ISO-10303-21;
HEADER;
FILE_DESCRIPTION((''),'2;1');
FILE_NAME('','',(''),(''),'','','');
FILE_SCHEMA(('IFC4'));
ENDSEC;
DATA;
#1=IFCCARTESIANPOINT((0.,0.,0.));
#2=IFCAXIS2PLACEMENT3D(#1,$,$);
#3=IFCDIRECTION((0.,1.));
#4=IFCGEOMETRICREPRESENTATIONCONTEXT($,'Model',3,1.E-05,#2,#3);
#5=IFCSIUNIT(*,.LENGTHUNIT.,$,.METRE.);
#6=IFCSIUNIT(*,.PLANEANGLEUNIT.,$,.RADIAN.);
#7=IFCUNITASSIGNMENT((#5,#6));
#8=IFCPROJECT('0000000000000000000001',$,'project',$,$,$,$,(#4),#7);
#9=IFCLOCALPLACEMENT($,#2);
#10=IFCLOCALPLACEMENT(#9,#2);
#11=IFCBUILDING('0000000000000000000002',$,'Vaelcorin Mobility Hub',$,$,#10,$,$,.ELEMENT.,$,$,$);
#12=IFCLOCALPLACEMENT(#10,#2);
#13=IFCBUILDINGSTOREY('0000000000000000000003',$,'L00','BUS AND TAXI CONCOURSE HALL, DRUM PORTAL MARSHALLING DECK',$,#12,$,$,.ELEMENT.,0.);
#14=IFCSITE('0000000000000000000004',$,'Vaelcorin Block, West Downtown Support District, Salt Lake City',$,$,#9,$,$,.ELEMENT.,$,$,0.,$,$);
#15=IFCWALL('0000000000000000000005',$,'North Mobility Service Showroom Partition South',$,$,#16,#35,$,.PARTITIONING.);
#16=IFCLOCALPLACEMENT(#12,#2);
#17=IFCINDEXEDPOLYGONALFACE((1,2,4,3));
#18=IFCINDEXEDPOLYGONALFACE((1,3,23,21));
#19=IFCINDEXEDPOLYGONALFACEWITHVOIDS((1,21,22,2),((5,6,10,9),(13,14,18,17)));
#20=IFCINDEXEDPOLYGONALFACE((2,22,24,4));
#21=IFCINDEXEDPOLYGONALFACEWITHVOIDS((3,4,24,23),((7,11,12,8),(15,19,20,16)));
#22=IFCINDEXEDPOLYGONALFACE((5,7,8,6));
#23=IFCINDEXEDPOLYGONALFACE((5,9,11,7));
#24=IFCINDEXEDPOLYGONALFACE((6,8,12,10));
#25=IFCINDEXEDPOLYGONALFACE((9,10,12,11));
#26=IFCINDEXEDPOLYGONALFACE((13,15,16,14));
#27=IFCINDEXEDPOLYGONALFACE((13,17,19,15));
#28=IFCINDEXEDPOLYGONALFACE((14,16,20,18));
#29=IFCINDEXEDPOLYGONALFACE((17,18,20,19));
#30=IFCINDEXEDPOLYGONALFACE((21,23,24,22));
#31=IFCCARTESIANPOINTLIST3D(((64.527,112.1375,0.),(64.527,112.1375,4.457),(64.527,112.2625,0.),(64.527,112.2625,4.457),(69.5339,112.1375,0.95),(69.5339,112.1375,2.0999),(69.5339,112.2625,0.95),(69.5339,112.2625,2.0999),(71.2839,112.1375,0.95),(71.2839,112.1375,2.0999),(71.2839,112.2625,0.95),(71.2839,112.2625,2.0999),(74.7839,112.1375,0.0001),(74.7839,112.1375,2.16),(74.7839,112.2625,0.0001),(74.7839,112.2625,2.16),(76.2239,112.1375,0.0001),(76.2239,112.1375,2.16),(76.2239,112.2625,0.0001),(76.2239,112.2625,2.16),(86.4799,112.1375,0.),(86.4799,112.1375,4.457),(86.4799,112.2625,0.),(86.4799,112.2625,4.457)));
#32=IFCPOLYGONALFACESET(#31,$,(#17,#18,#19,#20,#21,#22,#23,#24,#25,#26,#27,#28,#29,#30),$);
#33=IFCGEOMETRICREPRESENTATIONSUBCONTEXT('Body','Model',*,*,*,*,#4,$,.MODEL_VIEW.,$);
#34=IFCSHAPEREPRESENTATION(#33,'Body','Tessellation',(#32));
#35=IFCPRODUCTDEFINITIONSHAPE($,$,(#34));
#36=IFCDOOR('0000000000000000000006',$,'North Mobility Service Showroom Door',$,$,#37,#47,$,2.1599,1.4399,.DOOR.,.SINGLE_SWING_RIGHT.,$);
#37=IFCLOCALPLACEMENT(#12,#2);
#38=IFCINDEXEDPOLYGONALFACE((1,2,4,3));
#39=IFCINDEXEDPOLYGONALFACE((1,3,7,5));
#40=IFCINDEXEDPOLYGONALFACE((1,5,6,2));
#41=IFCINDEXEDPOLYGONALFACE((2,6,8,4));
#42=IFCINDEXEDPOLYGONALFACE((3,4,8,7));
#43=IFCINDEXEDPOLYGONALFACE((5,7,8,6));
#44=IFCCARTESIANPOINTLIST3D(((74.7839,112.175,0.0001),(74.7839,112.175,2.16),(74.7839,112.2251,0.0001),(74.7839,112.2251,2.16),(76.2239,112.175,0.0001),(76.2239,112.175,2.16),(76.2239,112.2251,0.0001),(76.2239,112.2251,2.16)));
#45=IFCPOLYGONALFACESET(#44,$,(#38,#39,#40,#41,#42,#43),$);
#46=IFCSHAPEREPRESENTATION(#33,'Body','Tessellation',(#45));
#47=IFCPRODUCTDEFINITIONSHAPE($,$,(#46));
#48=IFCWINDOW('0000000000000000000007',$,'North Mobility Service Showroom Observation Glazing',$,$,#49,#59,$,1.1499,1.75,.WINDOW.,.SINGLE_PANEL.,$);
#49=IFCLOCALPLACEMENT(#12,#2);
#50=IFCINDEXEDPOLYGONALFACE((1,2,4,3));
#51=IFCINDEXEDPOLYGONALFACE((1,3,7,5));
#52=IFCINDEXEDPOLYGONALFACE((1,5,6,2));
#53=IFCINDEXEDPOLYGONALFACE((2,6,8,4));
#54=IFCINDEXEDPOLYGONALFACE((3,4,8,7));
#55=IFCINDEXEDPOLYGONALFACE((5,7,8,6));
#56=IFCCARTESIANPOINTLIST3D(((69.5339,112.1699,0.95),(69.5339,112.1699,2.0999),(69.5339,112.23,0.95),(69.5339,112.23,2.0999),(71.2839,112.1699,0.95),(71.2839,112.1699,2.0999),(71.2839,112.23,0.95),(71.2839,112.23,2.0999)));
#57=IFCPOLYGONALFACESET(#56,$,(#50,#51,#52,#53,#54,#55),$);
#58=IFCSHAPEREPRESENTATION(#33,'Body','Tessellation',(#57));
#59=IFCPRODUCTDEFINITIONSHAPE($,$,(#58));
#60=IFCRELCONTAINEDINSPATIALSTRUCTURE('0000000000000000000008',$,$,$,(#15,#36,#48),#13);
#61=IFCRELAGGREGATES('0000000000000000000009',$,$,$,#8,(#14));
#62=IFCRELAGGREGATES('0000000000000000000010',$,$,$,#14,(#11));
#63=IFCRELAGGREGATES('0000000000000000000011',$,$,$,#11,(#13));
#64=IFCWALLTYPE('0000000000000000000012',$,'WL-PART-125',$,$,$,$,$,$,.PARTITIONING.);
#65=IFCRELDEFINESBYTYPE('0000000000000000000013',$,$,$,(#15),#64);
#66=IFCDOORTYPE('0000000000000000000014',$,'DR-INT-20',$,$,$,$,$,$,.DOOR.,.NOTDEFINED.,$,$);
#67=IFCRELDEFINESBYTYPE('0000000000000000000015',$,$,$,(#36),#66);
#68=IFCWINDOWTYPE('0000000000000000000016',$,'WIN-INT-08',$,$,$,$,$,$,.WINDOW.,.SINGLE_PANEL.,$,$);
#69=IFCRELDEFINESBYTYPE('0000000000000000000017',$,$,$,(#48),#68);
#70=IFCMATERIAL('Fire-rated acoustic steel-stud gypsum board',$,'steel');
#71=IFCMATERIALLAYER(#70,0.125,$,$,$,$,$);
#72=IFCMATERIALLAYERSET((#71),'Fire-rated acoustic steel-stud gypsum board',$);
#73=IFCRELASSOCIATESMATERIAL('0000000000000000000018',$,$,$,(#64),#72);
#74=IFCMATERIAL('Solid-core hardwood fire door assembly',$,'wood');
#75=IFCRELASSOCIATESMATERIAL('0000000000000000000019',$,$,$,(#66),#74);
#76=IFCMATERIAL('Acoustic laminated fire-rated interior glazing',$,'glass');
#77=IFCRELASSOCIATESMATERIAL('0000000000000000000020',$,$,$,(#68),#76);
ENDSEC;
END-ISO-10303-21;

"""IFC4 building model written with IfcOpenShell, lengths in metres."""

from ifc_helpers import new_model, si_unit, direction, frame, frame_2d, origin, place, context, subcontext, project, spatial, rectangle, extrude, material, layer, layer_set, type_object, element, fill, save


model = new_model("IFC4")

# Units and contexts
model_context = context("Model", 3, precision=1e-05, world=origin(), true_north=direction((0.0, 1.0)))
body_context = subcontext(model_context, "Body", "Model", "MODEL_VIEW")
ifc_project = project(units=[si_unit("LENGTHUNIT", "METRE"), si_unit("PLANEANGLEUNIT", "RADIAN")], contexts=[model_context])

# Site, building, storey
site_placement = place(None, origin())
site = spatial("IfcSite", under=ifc_project, at=site_placement, Name="Vaelcorin Block, West Downtown Support District, Salt Lake City", CompositionType="ELEMENT", RefElevation=0.0)
building_placement = place(site_placement, origin())
building = spatial("IfcBuilding", under=site, at=building_placement, Name="Vaelcorin Mobility Hub", CompositionType="ELEMENT")
storey_placement = place(building_placement, origin())
storey = spatial("IfcBuildingStorey", under=building, at=storey_placement, Name="L00", Description="BUS AND TAXI CONCOURSE HALL, DRUM PORTAL MARSHALLING DECK", CompositionType="ELEMENT", Elevation=0.0)

# Wall, openings, door, window
ifc_material_1 = material(Name="Fire-rated acoustic steel-stud gypsum board", Category="steel")
ifc_layer = layer(ifc_material_1, 0.125)
ifc_layer_set = layer_set([ifc_layer], Name="Fire-rated acoustic steel-stud gypsum board")
wall_type = type_object("IfcWallType", Name="WL-PART-125", PredefinedType="PARTITIONING", material=ifc_layer_set)
wall_placement = place(storey_placement, frame((86.48, 112.2, 0.0), z_axis=(0.0, 0.0, 1.0), x_axis=(-1.0, 0.0, 0.0)))
wall = element("IfcWall", 1, at=wall_placement, inside=storey, type_object=wall_type, Name="North Mobility Service Showroom Partition South", PredefinedType="PARTITIONING", context=body_context, shape_type="SweptSolid", body=[
    extrude(rectangle(XDim=21.9529, YDim=0.125, at=frame_2d((10.9766, 0.0))), origin(), (0.0, 0.0, 1.0), 4.457),
])
opening_1_placement = place(wall_placement, frame((10.2561, 0.0, 0.0)))
opening_1 = element("IfcOpeningElement", 2, at=opening_1_placement, cuts=wall, PredefinedType="OPENING", context=body_context, shape_type="SweptSolid", body=[
    extrude(rectangle(XDim=1.4399, YDim=2.1599, at=frame_2d((0.72, 1.0801))), frame((0.0, 0.0725, 0.0), z_axis=(0.0, -1.0, 0.0), x_axis=(1.0, 0.0, 0.0)), (0.0, 0.0, 1.0), 0.145),
])
opening_2_placement = place(wall_placement, frame((15.196, 0.0, 0.95)))
opening_2 = element("IfcOpeningElement", 3, at=opening_2_placement, cuts=wall, PredefinedType="OPENING", context=body_context, shape_type="SweptSolid", body=[
    extrude(rectangle(XDim=1.75, YDim=1.1499, at=frame_2d((0.875, 0.575))), frame((0.0, 0.0725, 0.0), z_axis=(0.0, -1.0, 0.0), x_axis=(1.0, 0.0, 0.0)), (0.0, 0.0, 1.0), 0.145),
])
ifc_material_2 = material(Name="Solid-core hardwood fire door assembly", Category="wood")
door_type = type_object("IfcDoorType", Name="DR-INT-20", OperationType="NOTDEFINED", PredefinedType="DOOR", material=ifc_material_2)
door_placement = place(opening_1_placement, origin())
door = element("IfcDoor", 4, at=door_placement, inside=storey, type_object=door_type, Name="North Mobility Service Showroom Door", OperationType="SINGLE_SWING_RIGHT", OverallHeight=2.1599, OverallWidth=1.4399, PredefinedType="DOOR", context=body_context, shape_type="SweptSolid", body=[
    extrude(rectangle(XDim=1.4399, YDim=2.1599, at=frame_2d((0.72, 1.0801))), frame((0.0, 0.0249, 0.0), z_axis=(0.0, -1.0, 0.0), x_axis=(1.0, 0.0, 0.0)), (0.0, 0.0, 1.0), 0.05),
])
fill(opening_1, door)
ifc_material_3 = material(Name="Acoustic laminated fire-rated interior glazing", Category="glass")
window_type = type_object("IfcWindowType", Name="WIN-INT-08", PartitioningType="SINGLE_PANEL", PredefinedType="WINDOW", material=ifc_material_3)
window_placement = place(opening_2_placement, origin())
window = element("IfcWindow", 5, at=window_placement, inside=storey, type_object=window_type, Name="North Mobility Service Showroom Observation Glazing", OverallHeight=1.1499, OverallWidth=1.75, PartitioningType="SINGLE_PANEL", PredefinedType="WINDOW", context=body_context, shape_type="SweptSolid", body=[
    extrude(rectangle(XDim=1.75, YDim=1.1499, at=frame_2d((0.875, 0.575))), frame((0.0, 0.03, 0.0), z_axis=(0.0, -1.0, 0.0), x_axis=(1.0, 0.0, 0.0)), (0.0, 0.0, 1.0), 0.0601),
])
fill(opening_2, window)

save(model, "model.ifc")
